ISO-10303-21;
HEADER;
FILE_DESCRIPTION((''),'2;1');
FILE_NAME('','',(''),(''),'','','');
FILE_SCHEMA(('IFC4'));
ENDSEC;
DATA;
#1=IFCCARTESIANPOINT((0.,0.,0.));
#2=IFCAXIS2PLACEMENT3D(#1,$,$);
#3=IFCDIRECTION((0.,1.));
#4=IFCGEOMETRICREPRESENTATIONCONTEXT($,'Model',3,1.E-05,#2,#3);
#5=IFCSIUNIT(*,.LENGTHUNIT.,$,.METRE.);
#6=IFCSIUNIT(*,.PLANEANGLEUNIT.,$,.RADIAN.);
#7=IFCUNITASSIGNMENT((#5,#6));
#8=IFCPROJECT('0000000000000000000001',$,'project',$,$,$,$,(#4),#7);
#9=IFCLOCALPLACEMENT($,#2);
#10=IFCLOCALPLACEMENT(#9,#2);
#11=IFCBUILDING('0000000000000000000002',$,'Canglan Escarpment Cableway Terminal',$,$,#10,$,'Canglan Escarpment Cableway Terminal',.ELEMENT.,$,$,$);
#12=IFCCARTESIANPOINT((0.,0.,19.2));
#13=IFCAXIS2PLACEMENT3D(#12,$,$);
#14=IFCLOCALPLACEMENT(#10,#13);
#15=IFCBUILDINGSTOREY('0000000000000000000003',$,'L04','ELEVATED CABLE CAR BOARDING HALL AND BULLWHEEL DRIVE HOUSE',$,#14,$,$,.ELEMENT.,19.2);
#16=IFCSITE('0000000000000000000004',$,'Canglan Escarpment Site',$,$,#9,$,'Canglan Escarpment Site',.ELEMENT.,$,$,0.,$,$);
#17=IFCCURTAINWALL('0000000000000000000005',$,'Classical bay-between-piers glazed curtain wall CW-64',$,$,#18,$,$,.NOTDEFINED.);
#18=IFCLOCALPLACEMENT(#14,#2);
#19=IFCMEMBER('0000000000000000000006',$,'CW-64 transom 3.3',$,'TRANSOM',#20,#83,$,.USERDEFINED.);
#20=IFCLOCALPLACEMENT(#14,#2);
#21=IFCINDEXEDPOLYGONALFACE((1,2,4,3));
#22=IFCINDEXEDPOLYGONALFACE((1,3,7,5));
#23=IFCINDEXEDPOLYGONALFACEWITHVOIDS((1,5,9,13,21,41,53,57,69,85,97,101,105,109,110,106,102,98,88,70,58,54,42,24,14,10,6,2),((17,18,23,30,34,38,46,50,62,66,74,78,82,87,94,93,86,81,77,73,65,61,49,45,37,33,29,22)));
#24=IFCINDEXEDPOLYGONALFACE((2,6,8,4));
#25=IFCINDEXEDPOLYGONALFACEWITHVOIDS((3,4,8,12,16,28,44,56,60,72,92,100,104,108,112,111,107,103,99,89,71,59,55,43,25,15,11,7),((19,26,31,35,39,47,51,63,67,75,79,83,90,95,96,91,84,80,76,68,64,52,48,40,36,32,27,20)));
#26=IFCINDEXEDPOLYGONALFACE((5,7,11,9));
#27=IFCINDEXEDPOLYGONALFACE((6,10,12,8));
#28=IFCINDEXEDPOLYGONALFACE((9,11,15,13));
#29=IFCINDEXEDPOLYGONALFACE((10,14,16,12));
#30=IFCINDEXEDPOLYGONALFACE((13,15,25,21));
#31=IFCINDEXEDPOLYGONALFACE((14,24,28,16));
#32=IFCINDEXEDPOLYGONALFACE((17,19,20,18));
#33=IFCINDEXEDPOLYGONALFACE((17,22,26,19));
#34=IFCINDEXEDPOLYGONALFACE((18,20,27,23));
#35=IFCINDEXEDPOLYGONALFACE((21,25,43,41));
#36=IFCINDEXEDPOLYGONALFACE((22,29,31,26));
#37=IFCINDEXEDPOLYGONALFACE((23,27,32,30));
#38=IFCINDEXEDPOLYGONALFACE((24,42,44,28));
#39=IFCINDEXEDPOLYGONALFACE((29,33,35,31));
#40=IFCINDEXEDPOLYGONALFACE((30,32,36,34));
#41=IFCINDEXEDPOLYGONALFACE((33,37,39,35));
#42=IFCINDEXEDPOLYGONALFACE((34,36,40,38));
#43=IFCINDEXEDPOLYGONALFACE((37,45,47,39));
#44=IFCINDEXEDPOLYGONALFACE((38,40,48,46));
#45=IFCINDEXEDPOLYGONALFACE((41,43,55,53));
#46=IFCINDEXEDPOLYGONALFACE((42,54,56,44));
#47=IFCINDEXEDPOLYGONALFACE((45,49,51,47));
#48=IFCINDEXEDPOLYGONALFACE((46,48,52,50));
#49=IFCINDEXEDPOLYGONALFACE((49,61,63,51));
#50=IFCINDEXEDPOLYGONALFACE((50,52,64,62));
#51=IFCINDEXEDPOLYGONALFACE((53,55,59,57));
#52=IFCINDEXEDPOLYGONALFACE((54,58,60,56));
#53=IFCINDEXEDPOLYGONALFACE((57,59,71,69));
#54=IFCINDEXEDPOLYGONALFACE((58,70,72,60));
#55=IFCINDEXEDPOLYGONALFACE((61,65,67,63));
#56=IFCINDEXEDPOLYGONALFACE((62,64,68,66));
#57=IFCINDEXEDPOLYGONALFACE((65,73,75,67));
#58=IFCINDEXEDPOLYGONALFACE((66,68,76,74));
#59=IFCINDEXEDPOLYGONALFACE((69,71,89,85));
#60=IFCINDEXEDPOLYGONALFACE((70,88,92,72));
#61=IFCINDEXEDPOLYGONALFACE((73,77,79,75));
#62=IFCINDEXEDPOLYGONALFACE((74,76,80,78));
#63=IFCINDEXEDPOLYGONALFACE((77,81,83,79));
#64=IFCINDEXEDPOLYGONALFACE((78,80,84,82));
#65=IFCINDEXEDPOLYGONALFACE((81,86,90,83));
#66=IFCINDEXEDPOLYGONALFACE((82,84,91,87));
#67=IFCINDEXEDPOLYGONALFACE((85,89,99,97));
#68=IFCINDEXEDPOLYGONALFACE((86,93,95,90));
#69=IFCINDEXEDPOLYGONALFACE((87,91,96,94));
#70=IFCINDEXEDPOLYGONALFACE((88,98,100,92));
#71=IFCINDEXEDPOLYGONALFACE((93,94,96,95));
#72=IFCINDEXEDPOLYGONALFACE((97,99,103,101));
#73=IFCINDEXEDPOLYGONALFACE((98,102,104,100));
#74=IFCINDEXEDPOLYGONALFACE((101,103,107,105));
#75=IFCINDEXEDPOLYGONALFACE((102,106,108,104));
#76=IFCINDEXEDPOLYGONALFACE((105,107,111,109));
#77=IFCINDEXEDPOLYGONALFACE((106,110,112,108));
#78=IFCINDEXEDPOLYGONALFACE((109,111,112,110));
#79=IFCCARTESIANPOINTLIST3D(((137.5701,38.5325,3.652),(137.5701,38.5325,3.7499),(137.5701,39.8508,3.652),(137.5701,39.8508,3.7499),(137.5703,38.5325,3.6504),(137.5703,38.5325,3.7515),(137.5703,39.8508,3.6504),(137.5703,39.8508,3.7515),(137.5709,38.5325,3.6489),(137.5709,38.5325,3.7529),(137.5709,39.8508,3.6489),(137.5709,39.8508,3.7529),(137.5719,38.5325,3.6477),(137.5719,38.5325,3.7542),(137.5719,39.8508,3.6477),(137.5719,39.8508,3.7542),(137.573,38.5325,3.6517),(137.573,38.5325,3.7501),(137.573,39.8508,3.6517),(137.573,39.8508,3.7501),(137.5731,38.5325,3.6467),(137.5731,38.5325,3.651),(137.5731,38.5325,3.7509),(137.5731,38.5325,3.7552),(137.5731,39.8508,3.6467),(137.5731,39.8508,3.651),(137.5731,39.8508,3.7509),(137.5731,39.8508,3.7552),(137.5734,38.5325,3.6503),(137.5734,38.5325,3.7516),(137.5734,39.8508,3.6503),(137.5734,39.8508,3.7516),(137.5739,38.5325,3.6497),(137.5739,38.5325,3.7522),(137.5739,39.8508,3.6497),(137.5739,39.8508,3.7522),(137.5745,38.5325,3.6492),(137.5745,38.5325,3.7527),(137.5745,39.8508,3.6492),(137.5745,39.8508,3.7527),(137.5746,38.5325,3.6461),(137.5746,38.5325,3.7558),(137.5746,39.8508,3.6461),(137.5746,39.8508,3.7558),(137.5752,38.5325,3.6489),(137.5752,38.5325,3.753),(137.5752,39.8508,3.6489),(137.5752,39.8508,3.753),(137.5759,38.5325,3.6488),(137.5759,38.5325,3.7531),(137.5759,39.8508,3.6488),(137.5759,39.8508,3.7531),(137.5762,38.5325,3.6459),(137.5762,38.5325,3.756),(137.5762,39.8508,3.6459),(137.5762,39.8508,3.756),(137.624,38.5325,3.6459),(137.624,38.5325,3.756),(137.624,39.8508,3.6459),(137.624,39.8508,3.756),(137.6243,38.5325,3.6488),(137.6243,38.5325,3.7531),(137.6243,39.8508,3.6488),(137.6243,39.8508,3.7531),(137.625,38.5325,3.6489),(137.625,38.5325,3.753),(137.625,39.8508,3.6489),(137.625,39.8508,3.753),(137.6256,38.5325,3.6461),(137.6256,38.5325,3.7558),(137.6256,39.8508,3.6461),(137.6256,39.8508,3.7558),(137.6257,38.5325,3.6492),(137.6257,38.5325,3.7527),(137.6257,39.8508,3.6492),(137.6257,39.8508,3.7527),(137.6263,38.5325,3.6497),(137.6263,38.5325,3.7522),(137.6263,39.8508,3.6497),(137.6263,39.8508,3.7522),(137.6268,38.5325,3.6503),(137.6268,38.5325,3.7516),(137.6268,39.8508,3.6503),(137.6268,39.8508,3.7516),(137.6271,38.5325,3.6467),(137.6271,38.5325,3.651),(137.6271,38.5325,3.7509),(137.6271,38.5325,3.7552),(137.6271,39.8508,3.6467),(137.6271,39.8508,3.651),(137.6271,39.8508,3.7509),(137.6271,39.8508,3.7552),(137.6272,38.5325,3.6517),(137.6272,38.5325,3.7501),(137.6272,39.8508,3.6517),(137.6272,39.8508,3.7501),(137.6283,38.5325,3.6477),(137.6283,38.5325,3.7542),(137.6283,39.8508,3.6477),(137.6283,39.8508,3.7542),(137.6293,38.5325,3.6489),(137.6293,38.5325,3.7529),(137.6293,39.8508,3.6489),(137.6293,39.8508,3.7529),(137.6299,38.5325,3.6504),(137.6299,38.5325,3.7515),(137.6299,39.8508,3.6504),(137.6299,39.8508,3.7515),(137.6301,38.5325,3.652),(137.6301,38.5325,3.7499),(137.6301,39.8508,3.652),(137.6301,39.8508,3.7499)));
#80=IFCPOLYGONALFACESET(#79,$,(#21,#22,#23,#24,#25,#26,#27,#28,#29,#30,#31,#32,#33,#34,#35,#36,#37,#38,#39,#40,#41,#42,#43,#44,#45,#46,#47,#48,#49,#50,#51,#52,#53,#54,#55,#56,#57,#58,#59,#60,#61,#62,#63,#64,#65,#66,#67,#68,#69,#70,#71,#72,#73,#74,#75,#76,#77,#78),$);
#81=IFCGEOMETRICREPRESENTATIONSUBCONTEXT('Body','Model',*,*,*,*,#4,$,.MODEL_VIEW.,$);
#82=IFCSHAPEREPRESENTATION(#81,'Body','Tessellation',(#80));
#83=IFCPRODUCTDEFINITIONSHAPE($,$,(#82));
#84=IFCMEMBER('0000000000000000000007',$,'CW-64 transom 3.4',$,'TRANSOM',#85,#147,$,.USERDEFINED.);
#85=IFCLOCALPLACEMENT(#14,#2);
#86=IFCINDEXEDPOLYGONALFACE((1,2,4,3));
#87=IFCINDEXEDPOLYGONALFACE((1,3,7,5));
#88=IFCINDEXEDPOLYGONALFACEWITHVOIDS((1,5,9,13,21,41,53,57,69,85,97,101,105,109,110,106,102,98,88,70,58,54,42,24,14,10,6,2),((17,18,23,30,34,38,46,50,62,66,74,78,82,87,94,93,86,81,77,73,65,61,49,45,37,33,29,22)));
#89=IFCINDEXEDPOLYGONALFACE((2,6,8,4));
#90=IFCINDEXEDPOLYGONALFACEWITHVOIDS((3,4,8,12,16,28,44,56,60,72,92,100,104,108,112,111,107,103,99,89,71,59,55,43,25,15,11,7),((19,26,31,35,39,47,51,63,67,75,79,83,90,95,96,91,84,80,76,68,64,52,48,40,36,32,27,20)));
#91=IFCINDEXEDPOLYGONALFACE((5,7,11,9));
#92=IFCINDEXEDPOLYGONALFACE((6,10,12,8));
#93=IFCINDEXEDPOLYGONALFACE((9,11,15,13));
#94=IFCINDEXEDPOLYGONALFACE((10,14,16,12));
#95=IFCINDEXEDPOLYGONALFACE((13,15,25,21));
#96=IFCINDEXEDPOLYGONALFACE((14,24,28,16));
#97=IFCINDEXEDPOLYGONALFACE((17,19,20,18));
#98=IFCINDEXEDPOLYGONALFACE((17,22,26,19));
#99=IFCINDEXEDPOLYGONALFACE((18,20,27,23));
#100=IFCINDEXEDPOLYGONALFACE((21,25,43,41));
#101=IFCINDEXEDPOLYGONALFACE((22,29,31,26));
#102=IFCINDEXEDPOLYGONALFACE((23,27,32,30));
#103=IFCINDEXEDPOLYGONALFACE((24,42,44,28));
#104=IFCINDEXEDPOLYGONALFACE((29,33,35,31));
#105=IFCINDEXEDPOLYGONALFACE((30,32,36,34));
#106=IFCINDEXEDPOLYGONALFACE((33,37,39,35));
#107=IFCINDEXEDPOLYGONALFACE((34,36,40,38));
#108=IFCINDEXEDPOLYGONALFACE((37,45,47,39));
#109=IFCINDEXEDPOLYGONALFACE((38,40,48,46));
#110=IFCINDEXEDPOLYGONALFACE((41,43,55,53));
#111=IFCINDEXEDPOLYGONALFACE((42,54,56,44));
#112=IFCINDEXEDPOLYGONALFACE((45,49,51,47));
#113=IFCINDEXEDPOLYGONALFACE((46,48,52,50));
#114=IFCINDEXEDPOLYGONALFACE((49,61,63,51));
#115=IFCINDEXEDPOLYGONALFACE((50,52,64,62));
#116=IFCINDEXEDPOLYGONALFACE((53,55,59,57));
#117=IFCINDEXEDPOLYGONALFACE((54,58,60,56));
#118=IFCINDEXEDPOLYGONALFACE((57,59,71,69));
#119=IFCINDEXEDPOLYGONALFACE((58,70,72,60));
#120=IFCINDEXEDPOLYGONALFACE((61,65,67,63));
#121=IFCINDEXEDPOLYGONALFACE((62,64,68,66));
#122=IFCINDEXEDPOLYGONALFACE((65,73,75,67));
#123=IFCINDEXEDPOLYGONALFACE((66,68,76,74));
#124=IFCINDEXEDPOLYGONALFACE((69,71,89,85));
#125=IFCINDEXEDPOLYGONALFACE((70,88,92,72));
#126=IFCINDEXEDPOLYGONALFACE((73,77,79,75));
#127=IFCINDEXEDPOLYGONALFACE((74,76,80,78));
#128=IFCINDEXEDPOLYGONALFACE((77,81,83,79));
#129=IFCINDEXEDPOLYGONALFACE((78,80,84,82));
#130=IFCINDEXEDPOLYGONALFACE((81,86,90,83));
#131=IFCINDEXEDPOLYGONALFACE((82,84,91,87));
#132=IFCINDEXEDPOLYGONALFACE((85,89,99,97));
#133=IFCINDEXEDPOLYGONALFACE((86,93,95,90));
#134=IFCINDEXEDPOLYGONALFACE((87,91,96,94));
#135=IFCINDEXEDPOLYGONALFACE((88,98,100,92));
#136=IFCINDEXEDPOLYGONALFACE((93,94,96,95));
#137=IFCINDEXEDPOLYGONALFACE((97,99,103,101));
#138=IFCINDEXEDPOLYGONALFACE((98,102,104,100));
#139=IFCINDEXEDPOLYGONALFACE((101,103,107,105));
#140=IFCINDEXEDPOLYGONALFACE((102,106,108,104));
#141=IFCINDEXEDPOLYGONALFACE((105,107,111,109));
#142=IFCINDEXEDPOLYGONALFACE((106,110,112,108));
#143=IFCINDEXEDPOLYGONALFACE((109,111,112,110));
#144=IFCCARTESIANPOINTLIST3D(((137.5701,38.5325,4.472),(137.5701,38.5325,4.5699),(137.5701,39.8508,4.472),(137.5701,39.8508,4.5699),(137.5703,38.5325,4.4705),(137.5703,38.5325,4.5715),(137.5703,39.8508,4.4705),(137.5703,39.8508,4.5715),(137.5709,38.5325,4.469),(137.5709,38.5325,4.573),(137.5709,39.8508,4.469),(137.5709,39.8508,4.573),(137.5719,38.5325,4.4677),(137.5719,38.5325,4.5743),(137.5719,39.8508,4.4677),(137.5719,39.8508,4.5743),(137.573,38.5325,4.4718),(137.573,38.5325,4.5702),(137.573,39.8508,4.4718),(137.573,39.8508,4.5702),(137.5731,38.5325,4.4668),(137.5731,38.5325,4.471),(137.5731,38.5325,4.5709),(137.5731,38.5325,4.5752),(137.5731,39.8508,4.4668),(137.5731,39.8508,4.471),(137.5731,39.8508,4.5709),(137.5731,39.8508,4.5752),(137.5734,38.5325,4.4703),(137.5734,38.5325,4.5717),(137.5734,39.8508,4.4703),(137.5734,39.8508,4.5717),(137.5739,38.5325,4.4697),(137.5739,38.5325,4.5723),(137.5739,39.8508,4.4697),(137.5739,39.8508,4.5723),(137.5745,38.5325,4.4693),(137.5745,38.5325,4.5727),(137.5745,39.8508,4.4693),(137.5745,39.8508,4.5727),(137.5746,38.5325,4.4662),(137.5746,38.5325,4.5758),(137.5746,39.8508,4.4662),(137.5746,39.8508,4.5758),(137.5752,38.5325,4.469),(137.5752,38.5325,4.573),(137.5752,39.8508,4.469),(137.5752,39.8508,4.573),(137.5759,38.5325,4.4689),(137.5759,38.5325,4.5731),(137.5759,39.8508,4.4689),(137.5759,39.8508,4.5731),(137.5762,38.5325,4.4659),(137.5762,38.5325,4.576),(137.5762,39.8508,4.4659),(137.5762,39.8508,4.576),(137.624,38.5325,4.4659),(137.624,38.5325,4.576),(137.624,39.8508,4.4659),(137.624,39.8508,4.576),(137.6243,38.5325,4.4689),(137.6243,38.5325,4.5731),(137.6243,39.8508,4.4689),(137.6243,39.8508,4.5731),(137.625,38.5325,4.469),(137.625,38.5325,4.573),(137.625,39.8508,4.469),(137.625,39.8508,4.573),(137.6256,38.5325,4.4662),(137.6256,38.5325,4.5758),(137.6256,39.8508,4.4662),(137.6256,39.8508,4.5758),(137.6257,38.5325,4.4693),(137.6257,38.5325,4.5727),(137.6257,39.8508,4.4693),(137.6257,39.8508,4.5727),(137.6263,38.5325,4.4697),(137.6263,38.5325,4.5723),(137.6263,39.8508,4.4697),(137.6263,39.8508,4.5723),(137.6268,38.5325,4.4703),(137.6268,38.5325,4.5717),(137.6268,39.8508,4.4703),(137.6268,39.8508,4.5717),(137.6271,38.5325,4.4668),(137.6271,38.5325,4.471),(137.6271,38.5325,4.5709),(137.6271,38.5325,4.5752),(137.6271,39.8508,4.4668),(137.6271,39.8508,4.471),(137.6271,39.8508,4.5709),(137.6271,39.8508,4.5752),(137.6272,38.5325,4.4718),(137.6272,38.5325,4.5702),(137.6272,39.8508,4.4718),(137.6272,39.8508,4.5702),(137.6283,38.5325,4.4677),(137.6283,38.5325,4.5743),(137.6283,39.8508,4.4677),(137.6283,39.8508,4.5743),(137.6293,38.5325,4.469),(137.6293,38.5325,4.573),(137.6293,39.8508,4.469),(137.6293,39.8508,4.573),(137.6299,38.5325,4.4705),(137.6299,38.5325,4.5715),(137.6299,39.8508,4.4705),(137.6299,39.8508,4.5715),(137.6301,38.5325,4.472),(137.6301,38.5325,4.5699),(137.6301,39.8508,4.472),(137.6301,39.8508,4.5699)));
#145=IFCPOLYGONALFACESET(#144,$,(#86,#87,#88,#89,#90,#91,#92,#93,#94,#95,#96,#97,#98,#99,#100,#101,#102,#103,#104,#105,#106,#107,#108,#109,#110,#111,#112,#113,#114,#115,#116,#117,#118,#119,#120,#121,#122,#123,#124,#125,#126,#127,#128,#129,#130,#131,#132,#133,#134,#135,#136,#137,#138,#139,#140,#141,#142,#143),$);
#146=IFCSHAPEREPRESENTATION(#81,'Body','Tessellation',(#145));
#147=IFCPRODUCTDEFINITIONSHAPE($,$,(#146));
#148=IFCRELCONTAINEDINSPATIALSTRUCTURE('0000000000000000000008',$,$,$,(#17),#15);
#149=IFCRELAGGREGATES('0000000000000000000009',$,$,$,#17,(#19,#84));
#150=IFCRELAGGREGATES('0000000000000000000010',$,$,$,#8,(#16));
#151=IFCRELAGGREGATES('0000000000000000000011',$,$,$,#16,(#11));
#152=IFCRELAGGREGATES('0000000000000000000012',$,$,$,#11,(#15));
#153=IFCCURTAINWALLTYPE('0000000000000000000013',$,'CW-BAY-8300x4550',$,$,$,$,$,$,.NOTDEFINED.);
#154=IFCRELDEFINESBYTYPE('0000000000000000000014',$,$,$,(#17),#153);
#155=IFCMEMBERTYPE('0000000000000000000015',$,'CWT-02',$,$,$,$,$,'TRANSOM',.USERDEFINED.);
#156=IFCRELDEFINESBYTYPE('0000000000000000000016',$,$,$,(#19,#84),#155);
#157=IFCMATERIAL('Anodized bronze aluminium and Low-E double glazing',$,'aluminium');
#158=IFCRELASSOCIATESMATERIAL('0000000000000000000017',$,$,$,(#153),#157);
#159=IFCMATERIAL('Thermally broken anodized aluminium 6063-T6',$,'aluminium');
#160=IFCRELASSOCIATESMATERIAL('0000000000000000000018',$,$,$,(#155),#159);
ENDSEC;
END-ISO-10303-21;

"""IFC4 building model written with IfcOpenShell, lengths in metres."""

from ifc_helpers import new_model, si_unit, direction, frame, origin, origin_2d, place, context, subcontext, project, spatial, hollow_rectangle, extrude, material, material_profile, profile_set, type_object, element, aggregate, save


model = new_model("IFC4")

# Units and contexts
model_context = context("Model", 3, precision=1e-05, world=origin(), true_north=direction((0.0, 1.0)))
body_context = subcontext(model_context, "Body", "Model", "MODEL_VIEW")
ifc_project = project(units=[si_unit("LENGTHUNIT", "METRE"), si_unit("PLANEANGLEUNIT", "RADIAN")], contexts=[model_context])

# Site, building, storey
site_placement = place(None, origin())
site = spatial("IfcSite", under=ifc_project, at=site_placement, Name="Canglan Escarpment Site", LongName="Canglan Escarpment Site", CompositionType="ELEMENT", RefElevation=0.0)
building_placement = place(site_placement, origin())
building = spatial("IfcBuilding", under=site, at=building_placement, Name="Canglan Escarpment Cableway Terminal", LongName="Canglan Escarpment Cableway Terminal", CompositionType="ELEMENT")
storey_placement = place(building_placement, frame((0.0, 0.0, 19.2)))
storey = spatial("IfcBuildingStorey", under=building, at=storey_placement, Name="L04", Description="ELEVATED CABLE CAR BOARDING HALL AND BULLWHEEL DRIVE HOUSE", CompositionType="ELEMENT", Elevation=19.2)

# Curtain wall, members
ifc_material_1 = material(Name="Anodized bronze aluminium and Low-E double glazing", Category="aluminium")
curtain_wall_type = type_object("IfcCurtainWallType", Name="CW-BAY-8300x4550", PredefinedType="NOTDEFINED", material=ifc_material_1)
curtain_wall_placement = place(storey_placement, origin())
curtain_wall = element("IfcCurtainWall", 1, at=curtain_wall_placement, inside=storey, type_object=curtain_wall_type, Name="Classical bay-between-piers glazed curtain wall CW-64", PredefinedType="NOTDEFINED")
ifc_material_2 = material(Name="Thermally broken anodized aluminium 6063-T6", Category="aluminium")
ifc_material_profile_1 = material_profile(ifc_material_2, hollow_rectangle(XDim=0.0601, YDim=0.1101, WallThickness=0.0029, InnerFilletRadius=0.0029, OuterFilletRadius=0.0061, at=origin_2d()), Name="ALU-TRAN 60x110x3")
ifc_profile_set_1 = profile_set([ifc_material_profile_1], Name="Thermally broken anodized aluminium 6063-T6")
member_type_1 = type_object("IfcMemberType", Name="CWT-02", ElementType="TRANSOM", PredefinedType="USERDEFINED", material=ifc_profile_set_1)
member_1_placement = place(storey_placement, frame((137.6001, 39.8508, 3.7009), z_axis=(0.0, -1.0, 0.0), x_axis=(1.0, 0.0, 0.0)))
member_1 = element("IfcMember", 2, at=member_1_placement, type_object=member_type_1, Name="CW-64 transom 3.3", ObjectType="TRANSOM", PredefinedType="USERDEFINED", context=body_context, shape_type="SweptSolid", body=[
    extrude(hollow_rectangle(XDim=0.0601, YDim=0.1101, WallThickness=0.0029, InnerFilletRadius=0.0029, OuterFilletRadius=0.0061, at=origin_2d()), origin(), (0.0, 0.0, 1.0), 1.3184),
])
member_2_placement = place(storey_placement, frame((137.6001, 39.8508, 4.521), z_axis=(0.0, -1.0, 0.0), x_axis=(1.0, 0.0, 0.0)))
member_2 = element("IfcMember", 3, at=member_2_placement, type_object=member_type_1, Name="CW-64 transom 3.4", ObjectType="TRANSOM", PredefinedType="USERDEFINED", context=body_context, shape_type="SweptSolid", body=[
    extrude(hollow_rectangle(XDim=0.0601, YDim=0.1101, WallThickness=0.0029, InnerFilletRadius=0.0029, OuterFilletRadius=0.0061, at=origin_2d()), origin(), (0.0, 0.0, 1.0), 1.3184),
])
aggregate(curtain_wall, [member_1, member_2])

save(model, "model.ifc")
